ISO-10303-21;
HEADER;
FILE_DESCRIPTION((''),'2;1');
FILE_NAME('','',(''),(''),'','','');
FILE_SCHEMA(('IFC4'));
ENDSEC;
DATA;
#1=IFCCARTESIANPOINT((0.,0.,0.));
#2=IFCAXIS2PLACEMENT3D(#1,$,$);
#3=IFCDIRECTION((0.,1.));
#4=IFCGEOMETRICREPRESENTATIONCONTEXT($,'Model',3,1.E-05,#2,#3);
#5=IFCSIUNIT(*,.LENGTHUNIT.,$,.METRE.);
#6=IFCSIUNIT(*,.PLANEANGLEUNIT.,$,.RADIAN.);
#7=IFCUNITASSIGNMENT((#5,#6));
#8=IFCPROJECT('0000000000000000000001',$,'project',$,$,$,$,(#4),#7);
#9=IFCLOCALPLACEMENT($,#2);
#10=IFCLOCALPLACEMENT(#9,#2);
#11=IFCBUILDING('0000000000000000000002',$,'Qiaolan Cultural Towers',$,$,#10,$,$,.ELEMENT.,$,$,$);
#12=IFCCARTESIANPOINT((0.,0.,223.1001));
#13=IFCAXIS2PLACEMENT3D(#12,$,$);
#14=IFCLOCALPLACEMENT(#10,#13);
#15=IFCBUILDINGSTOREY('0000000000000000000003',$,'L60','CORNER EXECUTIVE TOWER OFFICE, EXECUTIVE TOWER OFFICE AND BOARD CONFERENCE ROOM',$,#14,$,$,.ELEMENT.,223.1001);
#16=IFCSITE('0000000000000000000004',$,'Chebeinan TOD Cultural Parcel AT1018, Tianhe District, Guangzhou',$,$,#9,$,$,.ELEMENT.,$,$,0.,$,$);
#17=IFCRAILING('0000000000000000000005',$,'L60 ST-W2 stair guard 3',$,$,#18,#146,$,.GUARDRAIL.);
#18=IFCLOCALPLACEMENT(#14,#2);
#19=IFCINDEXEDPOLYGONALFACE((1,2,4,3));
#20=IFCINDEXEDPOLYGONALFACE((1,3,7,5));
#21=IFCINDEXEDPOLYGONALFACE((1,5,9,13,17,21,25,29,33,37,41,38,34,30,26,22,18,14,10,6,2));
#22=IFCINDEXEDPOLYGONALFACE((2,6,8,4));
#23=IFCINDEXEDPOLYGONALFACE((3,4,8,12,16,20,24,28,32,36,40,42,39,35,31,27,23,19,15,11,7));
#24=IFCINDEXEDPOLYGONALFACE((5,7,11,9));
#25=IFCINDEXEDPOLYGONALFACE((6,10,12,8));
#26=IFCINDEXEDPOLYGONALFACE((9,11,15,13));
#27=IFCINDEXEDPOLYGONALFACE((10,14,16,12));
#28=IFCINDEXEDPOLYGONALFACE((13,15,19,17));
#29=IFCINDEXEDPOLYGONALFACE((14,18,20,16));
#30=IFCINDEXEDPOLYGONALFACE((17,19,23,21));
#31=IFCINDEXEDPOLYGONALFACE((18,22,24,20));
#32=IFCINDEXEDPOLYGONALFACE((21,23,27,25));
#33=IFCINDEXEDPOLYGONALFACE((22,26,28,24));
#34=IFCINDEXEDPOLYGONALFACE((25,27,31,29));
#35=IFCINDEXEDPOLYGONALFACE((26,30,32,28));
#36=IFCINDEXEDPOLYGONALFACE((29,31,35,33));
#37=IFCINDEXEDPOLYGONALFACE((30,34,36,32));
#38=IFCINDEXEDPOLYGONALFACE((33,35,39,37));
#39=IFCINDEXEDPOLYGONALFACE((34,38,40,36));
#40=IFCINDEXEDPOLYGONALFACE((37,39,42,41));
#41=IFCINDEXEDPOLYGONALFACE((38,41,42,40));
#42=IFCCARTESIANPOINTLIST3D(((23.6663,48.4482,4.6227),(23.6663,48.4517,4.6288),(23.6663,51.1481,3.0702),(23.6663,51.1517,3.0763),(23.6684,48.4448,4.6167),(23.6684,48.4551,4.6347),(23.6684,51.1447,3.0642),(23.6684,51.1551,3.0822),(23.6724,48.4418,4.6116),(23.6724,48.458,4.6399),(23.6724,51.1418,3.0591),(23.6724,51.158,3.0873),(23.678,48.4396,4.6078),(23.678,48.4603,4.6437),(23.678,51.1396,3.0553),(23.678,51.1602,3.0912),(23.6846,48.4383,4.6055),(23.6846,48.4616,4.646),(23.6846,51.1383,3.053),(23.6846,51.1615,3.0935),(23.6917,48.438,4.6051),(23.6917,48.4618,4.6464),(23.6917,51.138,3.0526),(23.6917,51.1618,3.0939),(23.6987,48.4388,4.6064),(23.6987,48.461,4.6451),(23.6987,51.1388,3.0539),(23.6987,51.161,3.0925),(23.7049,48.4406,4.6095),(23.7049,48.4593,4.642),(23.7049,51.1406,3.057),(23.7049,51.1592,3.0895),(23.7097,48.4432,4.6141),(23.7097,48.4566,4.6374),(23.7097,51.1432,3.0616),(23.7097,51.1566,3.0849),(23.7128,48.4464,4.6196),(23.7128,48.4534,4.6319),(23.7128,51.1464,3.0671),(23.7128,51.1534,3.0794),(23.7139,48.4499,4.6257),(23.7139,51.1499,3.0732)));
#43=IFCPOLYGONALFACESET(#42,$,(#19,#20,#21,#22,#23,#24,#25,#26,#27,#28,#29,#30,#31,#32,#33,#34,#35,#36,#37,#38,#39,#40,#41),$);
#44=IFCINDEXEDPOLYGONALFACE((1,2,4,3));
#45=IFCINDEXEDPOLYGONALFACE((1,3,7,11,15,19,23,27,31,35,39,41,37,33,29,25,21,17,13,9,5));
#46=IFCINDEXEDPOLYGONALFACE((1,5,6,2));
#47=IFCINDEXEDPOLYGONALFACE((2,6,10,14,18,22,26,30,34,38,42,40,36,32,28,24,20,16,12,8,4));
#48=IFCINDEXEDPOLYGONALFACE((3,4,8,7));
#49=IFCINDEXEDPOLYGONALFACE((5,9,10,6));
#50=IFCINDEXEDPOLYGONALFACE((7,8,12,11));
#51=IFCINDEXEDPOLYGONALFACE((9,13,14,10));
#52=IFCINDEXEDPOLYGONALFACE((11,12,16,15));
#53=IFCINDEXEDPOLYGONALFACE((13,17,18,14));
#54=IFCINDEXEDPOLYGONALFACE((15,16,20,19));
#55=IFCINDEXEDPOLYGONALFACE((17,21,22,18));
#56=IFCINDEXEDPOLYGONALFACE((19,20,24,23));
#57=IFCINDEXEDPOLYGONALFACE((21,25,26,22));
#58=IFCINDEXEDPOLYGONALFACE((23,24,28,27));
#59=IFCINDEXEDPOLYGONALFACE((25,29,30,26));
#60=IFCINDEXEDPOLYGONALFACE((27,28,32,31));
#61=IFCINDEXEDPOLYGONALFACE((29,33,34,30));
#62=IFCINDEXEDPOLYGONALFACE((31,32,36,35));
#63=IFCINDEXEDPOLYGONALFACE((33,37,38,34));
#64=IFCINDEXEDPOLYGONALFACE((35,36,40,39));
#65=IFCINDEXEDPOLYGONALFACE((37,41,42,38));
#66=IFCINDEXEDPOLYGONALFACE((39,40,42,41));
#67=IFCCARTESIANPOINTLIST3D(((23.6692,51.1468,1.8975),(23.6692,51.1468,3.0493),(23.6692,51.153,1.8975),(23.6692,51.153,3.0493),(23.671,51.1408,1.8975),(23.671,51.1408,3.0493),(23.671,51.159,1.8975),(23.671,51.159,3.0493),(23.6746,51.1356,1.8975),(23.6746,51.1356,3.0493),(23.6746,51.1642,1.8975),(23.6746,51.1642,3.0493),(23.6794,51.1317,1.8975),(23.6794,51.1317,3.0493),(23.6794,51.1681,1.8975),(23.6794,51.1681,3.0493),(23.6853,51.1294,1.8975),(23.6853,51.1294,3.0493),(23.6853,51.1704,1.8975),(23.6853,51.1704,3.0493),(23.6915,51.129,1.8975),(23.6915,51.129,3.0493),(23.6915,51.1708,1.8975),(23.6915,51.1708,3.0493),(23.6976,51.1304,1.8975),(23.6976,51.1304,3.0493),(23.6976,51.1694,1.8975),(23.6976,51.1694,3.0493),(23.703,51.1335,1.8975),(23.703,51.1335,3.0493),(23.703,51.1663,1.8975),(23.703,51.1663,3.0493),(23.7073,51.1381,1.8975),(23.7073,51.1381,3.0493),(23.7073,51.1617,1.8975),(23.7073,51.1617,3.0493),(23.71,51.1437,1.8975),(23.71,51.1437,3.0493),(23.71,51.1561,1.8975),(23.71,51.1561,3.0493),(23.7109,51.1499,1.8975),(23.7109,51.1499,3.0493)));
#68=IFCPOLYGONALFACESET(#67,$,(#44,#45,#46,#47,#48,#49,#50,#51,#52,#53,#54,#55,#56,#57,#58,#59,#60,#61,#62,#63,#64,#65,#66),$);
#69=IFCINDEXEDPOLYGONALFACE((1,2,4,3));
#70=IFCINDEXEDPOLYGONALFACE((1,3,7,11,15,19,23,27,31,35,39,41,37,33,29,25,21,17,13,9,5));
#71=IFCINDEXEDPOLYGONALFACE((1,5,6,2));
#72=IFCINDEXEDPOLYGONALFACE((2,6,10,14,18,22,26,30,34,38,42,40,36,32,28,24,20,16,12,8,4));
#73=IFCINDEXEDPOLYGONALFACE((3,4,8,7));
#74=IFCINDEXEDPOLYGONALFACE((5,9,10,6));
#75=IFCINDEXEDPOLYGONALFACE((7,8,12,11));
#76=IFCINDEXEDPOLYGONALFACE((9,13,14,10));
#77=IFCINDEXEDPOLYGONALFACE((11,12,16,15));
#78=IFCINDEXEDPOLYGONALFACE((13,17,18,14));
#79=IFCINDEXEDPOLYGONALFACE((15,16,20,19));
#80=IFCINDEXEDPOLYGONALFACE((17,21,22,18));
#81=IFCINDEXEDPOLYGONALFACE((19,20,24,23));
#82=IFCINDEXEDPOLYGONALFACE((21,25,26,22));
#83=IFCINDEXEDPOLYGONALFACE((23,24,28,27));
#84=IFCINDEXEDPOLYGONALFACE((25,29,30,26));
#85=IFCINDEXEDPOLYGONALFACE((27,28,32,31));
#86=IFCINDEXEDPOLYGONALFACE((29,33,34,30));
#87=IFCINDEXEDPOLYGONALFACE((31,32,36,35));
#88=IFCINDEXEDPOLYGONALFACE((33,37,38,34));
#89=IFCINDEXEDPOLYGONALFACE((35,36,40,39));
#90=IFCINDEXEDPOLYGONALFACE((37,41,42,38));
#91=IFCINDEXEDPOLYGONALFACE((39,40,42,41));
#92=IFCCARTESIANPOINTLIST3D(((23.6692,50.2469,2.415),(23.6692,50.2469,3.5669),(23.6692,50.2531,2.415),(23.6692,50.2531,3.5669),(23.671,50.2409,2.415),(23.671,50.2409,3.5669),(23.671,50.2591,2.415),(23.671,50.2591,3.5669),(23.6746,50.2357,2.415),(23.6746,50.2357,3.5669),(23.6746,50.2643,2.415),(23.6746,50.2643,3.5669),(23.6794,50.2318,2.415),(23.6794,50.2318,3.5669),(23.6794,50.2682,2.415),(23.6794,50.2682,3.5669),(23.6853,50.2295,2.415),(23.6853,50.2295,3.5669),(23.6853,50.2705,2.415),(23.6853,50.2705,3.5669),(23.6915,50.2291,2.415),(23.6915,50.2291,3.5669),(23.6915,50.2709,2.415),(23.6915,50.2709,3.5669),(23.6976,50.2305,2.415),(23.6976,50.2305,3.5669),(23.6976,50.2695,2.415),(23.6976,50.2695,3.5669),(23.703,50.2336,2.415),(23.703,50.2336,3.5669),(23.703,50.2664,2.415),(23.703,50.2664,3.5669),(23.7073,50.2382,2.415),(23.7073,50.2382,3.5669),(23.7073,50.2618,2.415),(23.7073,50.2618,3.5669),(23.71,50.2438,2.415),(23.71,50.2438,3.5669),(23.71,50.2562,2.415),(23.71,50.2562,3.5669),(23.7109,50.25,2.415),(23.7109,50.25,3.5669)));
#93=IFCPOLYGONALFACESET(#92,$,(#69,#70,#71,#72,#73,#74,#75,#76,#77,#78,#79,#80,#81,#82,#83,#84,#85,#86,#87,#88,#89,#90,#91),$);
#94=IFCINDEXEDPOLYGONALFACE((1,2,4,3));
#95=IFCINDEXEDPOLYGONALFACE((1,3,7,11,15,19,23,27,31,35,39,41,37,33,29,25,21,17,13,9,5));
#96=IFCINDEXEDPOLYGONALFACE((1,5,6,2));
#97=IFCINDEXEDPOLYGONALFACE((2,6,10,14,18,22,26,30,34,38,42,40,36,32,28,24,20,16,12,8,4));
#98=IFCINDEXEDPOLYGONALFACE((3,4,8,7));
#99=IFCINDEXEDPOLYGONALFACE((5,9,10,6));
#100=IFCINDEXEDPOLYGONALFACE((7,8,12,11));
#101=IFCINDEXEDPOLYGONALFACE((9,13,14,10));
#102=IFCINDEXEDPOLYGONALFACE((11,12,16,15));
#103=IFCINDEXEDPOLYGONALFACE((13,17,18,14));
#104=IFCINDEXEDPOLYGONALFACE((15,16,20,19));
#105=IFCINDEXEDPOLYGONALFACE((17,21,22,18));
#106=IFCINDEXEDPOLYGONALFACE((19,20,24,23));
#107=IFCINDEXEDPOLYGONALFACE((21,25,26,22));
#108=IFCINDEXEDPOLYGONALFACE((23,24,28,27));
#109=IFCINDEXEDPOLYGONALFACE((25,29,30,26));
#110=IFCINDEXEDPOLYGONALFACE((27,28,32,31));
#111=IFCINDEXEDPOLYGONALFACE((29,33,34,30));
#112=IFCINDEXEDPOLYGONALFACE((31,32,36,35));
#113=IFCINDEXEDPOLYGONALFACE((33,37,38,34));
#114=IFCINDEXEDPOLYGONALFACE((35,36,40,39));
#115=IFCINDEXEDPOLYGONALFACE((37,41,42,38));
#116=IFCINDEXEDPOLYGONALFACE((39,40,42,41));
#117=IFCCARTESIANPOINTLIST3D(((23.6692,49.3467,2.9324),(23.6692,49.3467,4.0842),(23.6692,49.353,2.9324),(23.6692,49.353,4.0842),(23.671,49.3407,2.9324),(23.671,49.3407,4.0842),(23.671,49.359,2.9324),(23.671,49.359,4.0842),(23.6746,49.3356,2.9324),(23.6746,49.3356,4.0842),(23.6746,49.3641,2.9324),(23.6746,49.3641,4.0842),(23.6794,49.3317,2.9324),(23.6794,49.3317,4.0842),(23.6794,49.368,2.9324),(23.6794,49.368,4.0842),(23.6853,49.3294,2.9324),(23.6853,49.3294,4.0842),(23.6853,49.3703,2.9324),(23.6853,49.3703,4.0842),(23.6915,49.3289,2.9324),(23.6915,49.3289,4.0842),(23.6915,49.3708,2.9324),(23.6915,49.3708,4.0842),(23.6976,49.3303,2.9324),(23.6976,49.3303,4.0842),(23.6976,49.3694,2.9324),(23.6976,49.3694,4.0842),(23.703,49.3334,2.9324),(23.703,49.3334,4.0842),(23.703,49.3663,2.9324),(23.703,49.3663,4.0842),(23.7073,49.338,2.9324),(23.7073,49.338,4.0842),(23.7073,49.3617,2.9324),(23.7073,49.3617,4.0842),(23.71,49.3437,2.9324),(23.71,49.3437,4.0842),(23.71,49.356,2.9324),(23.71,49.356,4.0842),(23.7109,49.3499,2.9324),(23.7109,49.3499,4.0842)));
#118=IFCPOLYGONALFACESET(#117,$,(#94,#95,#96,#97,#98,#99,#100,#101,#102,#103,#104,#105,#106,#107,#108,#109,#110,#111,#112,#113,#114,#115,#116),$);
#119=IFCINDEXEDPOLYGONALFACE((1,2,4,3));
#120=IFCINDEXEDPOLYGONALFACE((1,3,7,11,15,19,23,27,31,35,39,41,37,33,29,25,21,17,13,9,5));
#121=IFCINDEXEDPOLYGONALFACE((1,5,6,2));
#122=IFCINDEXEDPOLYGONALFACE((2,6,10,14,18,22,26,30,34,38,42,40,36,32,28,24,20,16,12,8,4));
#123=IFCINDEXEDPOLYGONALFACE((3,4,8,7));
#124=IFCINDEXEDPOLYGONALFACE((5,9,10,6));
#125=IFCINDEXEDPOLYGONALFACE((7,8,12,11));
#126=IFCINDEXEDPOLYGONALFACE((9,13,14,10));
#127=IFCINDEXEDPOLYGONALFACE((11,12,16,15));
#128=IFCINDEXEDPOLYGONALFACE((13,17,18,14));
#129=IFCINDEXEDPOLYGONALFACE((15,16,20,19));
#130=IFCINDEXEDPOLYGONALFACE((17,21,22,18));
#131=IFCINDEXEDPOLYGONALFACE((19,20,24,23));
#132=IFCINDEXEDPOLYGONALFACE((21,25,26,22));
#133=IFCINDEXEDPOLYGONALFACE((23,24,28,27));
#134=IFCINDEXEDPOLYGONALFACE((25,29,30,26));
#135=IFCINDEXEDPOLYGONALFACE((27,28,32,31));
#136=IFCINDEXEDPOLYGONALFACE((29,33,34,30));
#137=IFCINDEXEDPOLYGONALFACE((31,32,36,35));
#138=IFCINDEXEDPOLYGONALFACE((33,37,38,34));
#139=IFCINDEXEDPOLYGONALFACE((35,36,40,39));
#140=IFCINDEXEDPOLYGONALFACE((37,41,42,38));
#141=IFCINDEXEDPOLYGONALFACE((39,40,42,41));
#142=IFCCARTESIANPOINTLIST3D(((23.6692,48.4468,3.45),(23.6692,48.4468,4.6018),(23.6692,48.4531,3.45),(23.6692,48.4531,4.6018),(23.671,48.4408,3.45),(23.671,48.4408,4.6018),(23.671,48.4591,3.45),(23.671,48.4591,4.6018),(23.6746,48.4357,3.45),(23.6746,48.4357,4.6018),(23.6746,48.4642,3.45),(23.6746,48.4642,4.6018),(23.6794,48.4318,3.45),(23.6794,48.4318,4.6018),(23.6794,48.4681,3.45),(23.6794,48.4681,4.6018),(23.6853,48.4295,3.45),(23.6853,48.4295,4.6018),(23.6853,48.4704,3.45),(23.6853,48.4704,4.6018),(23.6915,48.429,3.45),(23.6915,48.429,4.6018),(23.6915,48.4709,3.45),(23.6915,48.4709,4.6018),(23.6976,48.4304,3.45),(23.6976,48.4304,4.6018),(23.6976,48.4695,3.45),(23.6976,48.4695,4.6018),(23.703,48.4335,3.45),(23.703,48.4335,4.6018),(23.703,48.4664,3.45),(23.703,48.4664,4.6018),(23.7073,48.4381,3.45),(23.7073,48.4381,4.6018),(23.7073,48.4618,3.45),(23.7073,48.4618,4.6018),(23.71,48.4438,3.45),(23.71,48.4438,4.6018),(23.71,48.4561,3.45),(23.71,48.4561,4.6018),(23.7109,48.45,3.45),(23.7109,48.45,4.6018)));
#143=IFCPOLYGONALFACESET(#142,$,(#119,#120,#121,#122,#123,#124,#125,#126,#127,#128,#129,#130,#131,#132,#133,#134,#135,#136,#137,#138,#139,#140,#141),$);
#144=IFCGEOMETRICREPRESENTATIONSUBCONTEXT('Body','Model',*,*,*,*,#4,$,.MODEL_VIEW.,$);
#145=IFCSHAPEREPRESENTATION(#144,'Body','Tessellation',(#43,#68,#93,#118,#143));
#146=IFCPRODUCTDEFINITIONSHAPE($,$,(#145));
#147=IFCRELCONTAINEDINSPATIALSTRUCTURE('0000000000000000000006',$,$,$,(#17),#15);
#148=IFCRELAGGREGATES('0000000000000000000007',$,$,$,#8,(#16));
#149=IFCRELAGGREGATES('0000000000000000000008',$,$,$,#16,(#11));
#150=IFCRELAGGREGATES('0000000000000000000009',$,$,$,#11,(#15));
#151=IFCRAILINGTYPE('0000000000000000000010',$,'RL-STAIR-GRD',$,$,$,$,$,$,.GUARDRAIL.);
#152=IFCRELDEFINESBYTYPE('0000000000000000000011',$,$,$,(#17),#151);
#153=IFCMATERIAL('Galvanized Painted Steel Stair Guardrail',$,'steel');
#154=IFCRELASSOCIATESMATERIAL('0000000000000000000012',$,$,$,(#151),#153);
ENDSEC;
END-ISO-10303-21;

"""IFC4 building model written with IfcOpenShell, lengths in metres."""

from ifc_helpers import new_model, si_unit, direction, frame, origin, origin_2d, place, context, subcontext, project, spatial, circle, extrude, material, type_object, element, save


model = new_model("IFC4")

# Units and contexts
model_context = context("Model", 3, precision=1e-05, world=origin(), true_north=direction((0.0, 1.0)))
body_context = subcontext(model_context, "Body", "Model", "MODEL_VIEW")
ifc_project = project(units=[si_unit("LENGTHUNIT", "METRE"), si_unit("PLANEANGLEUNIT", "RADIAN")], contexts=[model_context])

# Site, building, storey
site_placement = place(None, origin())
site = spatial("IfcSite", under=ifc_project, at=site_placement, Name="Chebeinan TOD Cultural Parcel AT1018, Tianhe District, Guangzhou", CompositionType="ELEMENT", RefElevation=0.0)
building_placement = place(site_placement, origin())
building = spatial("IfcBuilding", under=site, at=building_placement, Name="Qiaolan Cultural Towers", CompositionType="ELEMENT")
storey_placement = place(building_placement, frame((0.0, 0.0, 223.1001)))
storey = spatial("IfcBuildingStorey", under=building, at=storey_placement, Name="L60", Description="CORNER EXECUTIVE TOWER OFFICE, EXECUTIVE TOWER OFFICE AND BOARD CONFERENCE ROOM", CompositionType="ELEMENT", Elevation=223.1001)

# Railing
ifc_material_1 = material(Name="Galvanized Painted Steel Stair Guardrail", Category="steel")
railing_type_1 = type_object("IfcRailingType", Name="RL-STAIR-GRD", PredefinedType="GUARDRAIL", material=ifc_material_1)
railing_1_placement = place(storey_placement, frame((23.6899, 51.1499, 1.8975)))
element("IfcRailing", 1, at=railing_1_placement, inside=storey, type_object=railing_type_1, Name="L60 ST-W2 stair guard 3", PredefinedType="GUARDRAIL", context=body_context, shape_type="SweptSolid", body=[
    extrude(circle(Radius=0.0239, at=origin_2d()), frame((0.0, 0.0, 1.1758), z_axis=(0.0, -0.866904, 0.498476), x_axis=(1.0, 0.0, 0.0)), (0.0, 0.0, 1.0), 3.1145),
    extrude(circle(Radius=0.021, at=origin_2d()), origin(), (0.0, 0.0, 1.0), 1.1519),
    extrude(circle(Radius=0.021, at=origin_2d()), frame((0.0, -0.8999, 0.5176)), (0.0, 0.0, 1.0), 1.1519),
    extrude(circle(Radius=0.021, at=origin_2d()), frame((0.0, -1.8, 1.0349)), (0.0, 0.0, 1.0), 1.1519),
    extrude(circle(Radius=0.021, at=origin_2d()), frame((0.0, -2.7, 1.5525)), (0.0, 0.0, 1.0), 1.1519),
])

save(model, "model.ifc")
